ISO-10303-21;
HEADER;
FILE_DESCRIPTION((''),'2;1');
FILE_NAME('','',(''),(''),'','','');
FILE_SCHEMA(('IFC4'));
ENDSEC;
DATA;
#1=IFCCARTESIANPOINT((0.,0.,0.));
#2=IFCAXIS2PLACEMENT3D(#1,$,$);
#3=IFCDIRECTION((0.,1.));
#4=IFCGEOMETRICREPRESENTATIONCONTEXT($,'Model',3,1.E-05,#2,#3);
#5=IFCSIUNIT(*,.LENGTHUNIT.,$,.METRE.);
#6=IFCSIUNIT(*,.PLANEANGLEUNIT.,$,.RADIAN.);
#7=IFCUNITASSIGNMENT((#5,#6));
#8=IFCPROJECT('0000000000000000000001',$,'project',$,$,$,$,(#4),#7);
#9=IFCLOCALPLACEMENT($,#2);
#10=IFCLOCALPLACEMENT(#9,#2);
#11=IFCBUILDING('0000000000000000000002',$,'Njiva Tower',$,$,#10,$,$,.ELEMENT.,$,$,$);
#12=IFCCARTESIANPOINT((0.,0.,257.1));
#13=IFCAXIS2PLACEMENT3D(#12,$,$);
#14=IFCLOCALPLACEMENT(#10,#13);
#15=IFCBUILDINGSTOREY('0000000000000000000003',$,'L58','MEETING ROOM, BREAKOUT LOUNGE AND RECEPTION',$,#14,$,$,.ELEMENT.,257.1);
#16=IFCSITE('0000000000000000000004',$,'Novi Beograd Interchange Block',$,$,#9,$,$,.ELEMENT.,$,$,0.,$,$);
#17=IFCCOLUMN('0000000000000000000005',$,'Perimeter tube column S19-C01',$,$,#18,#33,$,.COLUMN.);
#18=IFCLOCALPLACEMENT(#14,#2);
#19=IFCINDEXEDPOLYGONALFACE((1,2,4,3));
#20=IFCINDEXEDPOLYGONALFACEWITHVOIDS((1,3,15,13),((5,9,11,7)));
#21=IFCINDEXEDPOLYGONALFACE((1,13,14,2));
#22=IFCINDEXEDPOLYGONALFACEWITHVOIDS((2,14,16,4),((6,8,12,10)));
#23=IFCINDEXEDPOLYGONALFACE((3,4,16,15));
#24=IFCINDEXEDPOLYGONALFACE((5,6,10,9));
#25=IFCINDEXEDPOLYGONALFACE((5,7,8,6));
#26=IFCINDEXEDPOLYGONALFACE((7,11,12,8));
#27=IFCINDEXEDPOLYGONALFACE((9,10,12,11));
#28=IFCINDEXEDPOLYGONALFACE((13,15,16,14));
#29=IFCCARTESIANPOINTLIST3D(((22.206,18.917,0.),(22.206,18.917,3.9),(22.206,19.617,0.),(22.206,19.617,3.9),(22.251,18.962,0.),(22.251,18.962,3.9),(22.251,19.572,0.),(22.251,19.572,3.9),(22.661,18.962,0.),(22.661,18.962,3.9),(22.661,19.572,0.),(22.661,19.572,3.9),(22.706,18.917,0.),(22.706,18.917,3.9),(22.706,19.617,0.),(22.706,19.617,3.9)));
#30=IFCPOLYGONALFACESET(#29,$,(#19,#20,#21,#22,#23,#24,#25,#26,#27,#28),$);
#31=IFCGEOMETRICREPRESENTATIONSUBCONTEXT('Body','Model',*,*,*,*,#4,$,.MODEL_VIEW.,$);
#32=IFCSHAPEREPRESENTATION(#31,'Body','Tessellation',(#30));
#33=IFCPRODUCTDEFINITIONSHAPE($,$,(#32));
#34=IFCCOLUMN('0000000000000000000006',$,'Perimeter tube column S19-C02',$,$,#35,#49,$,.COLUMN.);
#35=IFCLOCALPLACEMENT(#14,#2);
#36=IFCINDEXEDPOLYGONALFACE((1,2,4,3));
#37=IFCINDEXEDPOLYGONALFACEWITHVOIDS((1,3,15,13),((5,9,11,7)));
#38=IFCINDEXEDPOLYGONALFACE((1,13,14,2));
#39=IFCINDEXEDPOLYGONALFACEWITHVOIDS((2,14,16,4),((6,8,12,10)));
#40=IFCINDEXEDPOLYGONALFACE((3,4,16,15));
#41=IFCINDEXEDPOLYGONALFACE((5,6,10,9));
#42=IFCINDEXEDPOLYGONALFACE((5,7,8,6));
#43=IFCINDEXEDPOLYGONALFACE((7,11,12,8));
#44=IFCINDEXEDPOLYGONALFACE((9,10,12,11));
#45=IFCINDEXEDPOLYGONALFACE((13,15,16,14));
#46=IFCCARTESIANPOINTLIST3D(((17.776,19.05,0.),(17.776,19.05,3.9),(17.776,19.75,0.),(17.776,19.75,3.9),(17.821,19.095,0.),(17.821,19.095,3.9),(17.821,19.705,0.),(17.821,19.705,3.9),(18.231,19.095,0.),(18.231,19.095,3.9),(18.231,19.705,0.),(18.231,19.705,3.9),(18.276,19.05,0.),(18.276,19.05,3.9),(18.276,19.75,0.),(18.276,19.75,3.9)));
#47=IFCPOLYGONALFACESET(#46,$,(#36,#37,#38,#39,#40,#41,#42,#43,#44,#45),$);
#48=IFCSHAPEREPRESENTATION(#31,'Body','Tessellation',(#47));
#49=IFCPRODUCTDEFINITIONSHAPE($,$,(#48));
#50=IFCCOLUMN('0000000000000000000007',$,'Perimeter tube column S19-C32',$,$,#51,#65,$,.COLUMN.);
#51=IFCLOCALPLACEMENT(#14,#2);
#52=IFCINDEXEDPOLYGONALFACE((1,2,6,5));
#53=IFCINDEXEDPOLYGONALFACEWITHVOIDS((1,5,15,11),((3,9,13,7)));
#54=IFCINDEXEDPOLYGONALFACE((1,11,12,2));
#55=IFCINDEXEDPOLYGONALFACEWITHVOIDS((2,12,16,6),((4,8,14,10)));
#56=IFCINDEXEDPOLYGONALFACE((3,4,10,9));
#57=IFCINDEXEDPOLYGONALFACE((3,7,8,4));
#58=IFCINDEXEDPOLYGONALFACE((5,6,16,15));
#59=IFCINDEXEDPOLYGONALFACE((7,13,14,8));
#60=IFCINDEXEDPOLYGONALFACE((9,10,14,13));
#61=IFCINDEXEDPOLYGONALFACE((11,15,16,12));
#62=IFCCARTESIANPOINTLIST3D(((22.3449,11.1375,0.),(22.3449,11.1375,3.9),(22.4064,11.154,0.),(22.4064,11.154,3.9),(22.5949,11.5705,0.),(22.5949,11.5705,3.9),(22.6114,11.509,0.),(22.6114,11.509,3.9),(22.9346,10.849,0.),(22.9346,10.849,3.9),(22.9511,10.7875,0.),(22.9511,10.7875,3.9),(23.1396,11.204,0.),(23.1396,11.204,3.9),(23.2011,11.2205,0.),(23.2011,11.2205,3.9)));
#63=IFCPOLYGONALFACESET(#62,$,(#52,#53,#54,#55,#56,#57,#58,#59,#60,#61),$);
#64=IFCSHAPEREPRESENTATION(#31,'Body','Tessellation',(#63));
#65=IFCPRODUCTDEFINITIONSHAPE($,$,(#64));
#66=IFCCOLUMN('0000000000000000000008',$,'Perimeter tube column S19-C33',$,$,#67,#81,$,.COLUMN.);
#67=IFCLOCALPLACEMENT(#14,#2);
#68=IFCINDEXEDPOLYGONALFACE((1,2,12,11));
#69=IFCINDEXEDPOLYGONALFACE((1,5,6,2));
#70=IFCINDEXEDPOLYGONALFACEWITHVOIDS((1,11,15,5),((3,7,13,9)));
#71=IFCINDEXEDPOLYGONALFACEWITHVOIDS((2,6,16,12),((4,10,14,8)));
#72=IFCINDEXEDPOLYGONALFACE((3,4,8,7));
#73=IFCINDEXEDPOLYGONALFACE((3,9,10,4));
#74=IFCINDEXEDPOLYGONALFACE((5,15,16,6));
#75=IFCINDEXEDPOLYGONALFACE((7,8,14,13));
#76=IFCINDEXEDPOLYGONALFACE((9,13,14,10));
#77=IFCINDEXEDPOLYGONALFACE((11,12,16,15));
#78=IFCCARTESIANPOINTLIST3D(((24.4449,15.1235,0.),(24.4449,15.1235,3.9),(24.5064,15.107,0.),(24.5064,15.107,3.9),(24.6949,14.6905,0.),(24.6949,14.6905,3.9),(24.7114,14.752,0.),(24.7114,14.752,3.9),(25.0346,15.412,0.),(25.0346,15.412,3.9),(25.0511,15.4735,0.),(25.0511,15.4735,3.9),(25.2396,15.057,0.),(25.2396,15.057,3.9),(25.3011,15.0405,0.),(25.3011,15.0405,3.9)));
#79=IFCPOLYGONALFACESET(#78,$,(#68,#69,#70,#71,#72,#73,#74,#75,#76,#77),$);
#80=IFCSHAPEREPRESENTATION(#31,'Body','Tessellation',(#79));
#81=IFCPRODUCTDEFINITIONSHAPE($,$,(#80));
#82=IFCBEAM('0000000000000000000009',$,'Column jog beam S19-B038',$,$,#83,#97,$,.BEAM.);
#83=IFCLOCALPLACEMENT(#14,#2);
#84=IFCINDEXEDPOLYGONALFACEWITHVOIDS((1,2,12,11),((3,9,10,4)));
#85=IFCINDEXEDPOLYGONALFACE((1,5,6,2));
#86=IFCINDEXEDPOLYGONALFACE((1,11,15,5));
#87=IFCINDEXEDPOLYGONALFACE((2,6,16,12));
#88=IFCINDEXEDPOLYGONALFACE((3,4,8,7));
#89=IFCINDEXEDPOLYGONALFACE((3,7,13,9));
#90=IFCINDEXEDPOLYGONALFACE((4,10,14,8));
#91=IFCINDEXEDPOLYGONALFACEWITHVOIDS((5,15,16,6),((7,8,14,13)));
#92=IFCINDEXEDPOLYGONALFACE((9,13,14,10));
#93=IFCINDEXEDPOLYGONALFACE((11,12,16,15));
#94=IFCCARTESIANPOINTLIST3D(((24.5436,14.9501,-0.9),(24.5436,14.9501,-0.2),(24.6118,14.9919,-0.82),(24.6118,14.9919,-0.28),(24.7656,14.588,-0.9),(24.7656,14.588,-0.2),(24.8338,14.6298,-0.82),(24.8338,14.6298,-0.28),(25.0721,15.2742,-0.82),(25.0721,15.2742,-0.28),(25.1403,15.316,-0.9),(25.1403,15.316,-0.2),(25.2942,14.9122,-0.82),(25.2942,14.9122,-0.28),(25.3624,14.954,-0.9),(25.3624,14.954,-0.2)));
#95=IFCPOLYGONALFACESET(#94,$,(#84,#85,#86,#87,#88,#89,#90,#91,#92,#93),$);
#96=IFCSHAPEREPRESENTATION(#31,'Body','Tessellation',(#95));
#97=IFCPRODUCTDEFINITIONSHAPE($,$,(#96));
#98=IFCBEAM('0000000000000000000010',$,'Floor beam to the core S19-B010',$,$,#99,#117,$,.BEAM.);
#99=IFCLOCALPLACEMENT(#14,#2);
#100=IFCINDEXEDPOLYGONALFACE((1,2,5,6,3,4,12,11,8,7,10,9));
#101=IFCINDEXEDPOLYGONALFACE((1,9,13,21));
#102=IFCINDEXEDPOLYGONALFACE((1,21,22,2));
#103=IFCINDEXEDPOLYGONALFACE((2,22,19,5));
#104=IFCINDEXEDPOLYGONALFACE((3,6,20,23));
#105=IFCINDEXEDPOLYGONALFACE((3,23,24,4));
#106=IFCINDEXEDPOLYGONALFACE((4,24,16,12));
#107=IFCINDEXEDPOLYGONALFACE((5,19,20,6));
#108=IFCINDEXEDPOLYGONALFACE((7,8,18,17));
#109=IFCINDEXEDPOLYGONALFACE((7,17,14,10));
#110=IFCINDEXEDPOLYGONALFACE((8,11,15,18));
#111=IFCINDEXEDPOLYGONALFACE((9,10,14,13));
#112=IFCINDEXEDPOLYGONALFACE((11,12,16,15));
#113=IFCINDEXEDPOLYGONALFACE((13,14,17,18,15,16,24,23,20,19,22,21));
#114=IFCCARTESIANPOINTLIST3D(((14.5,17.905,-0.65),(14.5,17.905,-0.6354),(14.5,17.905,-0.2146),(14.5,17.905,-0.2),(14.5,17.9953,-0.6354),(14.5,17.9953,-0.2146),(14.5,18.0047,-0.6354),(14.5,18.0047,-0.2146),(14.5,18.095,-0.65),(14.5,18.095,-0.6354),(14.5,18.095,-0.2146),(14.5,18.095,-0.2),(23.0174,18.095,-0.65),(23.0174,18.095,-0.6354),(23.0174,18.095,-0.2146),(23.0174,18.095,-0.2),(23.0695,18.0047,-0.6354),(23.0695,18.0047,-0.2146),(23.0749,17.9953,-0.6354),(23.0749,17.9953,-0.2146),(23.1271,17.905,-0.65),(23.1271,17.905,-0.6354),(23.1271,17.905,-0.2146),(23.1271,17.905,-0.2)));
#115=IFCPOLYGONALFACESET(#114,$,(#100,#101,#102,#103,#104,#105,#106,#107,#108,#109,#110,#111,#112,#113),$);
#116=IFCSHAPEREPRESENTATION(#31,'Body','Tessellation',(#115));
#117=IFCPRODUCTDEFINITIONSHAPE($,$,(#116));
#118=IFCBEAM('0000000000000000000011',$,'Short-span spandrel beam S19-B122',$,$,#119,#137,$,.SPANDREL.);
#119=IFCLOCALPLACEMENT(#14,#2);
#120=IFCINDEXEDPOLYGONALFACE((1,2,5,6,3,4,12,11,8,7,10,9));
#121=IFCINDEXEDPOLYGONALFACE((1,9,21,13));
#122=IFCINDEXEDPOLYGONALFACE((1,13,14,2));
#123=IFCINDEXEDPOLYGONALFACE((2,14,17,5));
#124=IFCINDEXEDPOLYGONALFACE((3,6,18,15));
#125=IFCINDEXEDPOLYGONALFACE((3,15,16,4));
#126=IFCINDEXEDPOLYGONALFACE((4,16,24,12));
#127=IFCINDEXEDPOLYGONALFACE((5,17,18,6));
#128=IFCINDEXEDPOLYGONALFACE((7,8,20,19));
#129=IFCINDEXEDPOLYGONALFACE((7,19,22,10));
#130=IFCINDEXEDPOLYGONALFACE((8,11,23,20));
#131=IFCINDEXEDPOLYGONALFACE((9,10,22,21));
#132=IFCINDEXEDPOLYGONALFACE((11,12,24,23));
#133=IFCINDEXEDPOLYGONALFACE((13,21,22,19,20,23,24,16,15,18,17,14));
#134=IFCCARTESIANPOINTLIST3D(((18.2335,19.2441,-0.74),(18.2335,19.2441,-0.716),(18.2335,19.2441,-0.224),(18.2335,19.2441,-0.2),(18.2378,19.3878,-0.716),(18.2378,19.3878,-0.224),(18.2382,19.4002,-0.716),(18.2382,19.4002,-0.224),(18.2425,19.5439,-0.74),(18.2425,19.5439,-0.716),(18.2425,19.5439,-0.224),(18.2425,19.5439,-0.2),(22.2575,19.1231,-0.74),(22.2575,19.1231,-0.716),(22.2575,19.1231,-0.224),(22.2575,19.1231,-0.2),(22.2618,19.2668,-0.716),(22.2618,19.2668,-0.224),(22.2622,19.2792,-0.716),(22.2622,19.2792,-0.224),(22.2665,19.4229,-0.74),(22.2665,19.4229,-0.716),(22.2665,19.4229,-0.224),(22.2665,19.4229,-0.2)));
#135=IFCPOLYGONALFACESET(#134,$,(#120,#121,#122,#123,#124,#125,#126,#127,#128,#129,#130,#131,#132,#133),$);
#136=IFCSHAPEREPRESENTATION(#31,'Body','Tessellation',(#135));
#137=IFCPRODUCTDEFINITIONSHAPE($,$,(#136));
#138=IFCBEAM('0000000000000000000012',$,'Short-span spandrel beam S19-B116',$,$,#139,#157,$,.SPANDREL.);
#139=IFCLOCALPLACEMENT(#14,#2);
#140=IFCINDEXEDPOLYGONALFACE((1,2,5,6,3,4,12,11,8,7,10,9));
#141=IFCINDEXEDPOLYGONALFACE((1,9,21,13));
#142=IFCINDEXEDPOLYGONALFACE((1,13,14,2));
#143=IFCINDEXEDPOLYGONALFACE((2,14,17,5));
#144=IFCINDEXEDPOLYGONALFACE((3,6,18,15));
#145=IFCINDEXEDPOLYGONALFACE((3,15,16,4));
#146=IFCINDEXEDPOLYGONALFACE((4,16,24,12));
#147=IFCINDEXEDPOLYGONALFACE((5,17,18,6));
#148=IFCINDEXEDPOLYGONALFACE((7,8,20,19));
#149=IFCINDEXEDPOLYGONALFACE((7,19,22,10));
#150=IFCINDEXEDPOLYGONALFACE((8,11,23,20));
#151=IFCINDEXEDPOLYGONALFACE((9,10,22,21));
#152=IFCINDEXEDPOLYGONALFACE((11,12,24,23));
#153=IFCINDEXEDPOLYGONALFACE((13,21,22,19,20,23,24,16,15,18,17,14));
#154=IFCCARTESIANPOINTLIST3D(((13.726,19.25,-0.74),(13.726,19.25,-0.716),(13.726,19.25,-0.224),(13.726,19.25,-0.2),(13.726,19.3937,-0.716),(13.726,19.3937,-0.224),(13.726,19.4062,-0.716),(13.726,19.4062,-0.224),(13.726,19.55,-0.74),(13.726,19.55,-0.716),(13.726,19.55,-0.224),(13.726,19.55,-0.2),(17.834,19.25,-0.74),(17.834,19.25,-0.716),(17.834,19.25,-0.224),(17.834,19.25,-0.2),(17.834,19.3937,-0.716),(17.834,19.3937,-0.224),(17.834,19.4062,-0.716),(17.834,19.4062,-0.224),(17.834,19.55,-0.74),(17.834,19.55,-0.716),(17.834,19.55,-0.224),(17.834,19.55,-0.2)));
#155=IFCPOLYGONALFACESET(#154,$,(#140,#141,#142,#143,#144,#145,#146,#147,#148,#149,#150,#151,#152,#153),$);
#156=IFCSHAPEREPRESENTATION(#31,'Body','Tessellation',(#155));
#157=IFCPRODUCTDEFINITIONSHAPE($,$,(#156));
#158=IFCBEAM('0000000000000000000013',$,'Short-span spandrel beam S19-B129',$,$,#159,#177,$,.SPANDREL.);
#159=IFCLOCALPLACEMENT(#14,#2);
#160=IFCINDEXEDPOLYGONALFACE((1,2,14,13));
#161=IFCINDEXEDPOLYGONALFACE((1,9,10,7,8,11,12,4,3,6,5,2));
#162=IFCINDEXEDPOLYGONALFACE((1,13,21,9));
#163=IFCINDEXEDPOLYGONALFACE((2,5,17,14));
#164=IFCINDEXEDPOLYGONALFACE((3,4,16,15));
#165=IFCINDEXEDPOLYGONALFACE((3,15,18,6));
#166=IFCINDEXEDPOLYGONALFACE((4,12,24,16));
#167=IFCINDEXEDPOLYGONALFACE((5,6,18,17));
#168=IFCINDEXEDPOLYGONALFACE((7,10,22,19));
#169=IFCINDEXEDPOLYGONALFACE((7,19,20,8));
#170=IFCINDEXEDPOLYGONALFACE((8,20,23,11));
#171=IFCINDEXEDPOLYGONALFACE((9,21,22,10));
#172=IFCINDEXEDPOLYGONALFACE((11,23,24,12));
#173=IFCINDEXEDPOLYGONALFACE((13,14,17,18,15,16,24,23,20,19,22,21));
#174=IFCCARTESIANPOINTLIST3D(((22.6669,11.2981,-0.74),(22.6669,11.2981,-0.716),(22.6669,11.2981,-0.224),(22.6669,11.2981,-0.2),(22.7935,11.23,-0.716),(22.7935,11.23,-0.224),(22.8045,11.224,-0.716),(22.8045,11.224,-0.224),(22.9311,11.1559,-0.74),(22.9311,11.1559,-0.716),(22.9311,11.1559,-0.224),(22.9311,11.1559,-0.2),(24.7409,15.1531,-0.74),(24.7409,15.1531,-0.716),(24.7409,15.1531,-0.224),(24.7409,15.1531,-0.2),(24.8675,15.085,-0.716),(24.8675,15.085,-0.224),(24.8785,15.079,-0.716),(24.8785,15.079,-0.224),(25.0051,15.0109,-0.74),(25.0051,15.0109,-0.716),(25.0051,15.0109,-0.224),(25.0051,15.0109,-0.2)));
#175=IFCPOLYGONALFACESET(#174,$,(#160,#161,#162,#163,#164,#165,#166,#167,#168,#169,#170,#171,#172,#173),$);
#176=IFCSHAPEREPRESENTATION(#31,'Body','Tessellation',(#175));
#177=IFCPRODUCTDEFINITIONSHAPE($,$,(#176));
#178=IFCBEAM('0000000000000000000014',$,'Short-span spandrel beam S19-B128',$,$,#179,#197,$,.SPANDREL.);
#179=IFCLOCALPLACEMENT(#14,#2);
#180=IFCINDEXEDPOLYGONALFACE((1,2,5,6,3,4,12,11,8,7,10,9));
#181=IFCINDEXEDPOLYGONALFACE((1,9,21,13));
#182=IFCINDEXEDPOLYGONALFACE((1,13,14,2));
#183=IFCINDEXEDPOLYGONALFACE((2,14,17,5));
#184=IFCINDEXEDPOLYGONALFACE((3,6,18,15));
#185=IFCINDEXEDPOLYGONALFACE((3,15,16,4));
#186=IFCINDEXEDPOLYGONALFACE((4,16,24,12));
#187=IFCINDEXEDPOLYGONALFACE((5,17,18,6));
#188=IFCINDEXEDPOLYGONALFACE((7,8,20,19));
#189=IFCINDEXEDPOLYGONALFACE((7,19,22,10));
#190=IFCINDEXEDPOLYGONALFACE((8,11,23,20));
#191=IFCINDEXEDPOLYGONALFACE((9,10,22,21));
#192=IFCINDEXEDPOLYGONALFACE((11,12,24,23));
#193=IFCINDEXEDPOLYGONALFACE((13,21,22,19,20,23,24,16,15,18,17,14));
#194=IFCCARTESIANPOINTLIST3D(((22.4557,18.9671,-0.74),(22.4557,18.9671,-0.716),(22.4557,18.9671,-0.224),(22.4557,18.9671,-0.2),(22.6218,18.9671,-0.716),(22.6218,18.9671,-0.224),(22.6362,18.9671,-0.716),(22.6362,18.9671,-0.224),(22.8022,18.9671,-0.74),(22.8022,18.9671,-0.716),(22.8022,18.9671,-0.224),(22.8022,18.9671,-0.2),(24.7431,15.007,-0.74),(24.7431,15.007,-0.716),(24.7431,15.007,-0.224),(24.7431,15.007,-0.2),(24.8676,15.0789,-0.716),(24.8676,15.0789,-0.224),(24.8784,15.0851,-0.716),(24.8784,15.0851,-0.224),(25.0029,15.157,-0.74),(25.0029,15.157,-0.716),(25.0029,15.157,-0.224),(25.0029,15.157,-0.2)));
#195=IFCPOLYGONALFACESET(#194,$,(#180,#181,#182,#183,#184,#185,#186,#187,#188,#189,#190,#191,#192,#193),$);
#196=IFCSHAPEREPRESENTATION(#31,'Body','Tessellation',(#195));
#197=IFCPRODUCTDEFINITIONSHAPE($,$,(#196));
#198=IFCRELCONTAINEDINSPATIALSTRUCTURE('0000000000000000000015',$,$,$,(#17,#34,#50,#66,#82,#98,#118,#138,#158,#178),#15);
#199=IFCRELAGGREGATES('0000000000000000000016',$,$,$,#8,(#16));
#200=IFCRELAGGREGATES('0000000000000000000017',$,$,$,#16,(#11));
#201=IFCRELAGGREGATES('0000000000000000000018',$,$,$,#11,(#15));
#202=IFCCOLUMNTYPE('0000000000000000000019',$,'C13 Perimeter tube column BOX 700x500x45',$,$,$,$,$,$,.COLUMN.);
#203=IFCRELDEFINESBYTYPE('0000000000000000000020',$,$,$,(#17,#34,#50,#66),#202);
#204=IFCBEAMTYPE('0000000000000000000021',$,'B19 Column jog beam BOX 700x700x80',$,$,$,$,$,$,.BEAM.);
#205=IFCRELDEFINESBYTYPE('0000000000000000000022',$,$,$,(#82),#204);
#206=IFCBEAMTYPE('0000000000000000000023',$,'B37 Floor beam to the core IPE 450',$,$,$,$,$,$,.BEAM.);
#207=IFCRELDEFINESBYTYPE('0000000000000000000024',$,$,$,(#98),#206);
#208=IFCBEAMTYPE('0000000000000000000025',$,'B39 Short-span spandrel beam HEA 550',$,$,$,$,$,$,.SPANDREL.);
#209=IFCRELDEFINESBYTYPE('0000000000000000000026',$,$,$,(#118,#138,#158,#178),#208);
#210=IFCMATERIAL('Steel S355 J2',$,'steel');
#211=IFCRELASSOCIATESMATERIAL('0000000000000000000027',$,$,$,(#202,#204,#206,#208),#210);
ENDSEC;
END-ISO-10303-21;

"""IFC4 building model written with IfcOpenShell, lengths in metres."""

from ifc_helpers import new_model, si_unit, direction, frame, origin, origin_2d, place, context, subcontext, project, spatial, hollow_rectangle, i_section, extrude, clip, halfspace, material, material_profile, profile_set, type_object, element, save


model = new_model("IFC4")

# Units and contexts
model_context = context("Model", 3, precision=1e-05, world=origin(), true_north=direction((0.0, 1.0)))
body_context = subcontext(model_context, "Body", "Model", "MODEL_VIEW")
ifc_project = project(units=[si_unit("LENGTHUNIT", "METRE"), si_unit("PLANEANGLEUNIT", "RADIAN")], contexts=[model_context])

# Site, building, storey
site_placement = place(None, origin())
site = spatial("IfcSite", under=ifc_project, at=site_placement, Name="Novi Beograd Interchange Block", CompositionType="ELEMENT", RefElevation=0.0)
building_placement = place(site_placement, origin())
building = spatial("IfcBuilding", under=site, at=building_placement, Name="Njiva Tower", CompositionType="ELEMENT")
storey_placement = place(building_placement, frame((0.0, 0.0, 257.1)))
storey = spatial("IfcBuildingStorey", under=building, at=storey_placement, Name="L58", Description="MEETING ROOM, BREAKOUT LOUNGE AND RECEPTION", CompositionType="ELEMENT", Elevation=257.1)

# Columns
ifc_material_1 = material(Name="Steel S355 J2", Category="steel")
ifc_material_profile_1 = material_profile(ifc_material_1, hollow_rectangle(XDim=0.5, YDim=0.7, WallThickness=0.045, at=origin_2d()), Name="BOX 700x500x45")
ifc_profile_set_1 = profile_set([ifc_material_profile_1], Name="Steel S355 J2")
column_type = type_object("IfcColumnType", Name="C13 Perimeter tube column BOX 700x500x45", PredefinedType="COLUMN", material=ifc_profile_set_1)
for number, where, z_axis, x_axis, name in (
    (1, (22.456, 19.267, 0.0), (0.0, 0.0, 1.0), (-1.0, 0.0, 0.0), "Perimeter tube column S19-C01"),
    (2, (18.026, 19.4, 0.0), (0.0, 0.0, 1.0), (-1.0, 0.0, 0.0), "Perimeter tube column S19-C02"),
    (3, (22.773, 11.179, 0.0), (0.0, 0.0, 1.0), (0.5, 0.866025, 0.0), "Perimeter tube column S19-C32"),
    (4, (24.873, 15.082, 0.0), (0.0, 0.0, 1.0), (-0.5, 0.866025, 0.0), "Perimeter tube column S19-C33"),
):
    element("IfcColumn", number, at=place(storey_placement, frame(where, z_axis=z_axis, x_axis=x_axis)), inside=storey, type_object=column_type, Name=name, PredefinedType="COLUMN", context=body_context, shape_type="SweptSolid", body=[
        extrude(hollow_rectangle(XDim=0.5, YDim=0.7, WallThickness=0.045, at=origin_2d()), origin(), (0.0, 0.0, 1.0), 3.9),
    ])

# Beams
ifc_material_profile_2 = material_profile(ifc_material_1, hollow_rectangle(XDim=0.7, YDim=0.7, WallThickness=0.08, at=origin_2d()), Name="BOX 700x700x80")
ifc_profile_set_2 = profile_set([ifc_material_profile_2], Name="Steel S355 J2")
beam_type_1 = type_object("IfcBeamType", Name="B19 Column jog beam BOX 700x700x80", PredefinedType="BEAM", material=ifc_profile_set_2)
beam_1_placement = place(storey_placement, frame((25.064, 14.771, -0.55), z_axis=(-0.522783, 0.852466, 0.0), x_axis=(-0.852466, -0.522783, 0.0)))
element("IfcBeam", 5, at=beam_1_placement, inside=storey, type_object=beam_type_1, Name="Column jog beam S19-B038", PredefinedType="BEAM", context=body_context, shape_type="SweptSolid", body=[
    extrude(hollow_rectangle(XDim=0.7, YDim=0.7, WallThickness=0.08, at=origin_2d()), origin(), (0.0, 0.0, 1.0), 0.4247),
])
ifc_material_profile_3 = material_profile(ifc_material_1, i_section(OverallWidth=0.19, OverallDepth=0.45, WebThickness=0.0094, FlangeThickness=0.0146, at=origin_2d()), Name="IPE 450")
ifc_profile_set_3 = profile_set([ifc_material_profile_3], Name="Steel S355 J2")
beam_type_2 = type_object("IfcBeamType", Name="B37 Floor beam to the core IPE 450", PredefinedType="BEAM", material=ifc_profile_set_3)
beam_2_placement = place(storey_placement, frame((14.5, 18.0, -0.425), z_axis=(1.0, 0.0, 0.0), x_axis=(0.0, 1.0, 0.0)))
element("IfcBeam", 6, at=beam_2_placement, inside=storey, type_object=beam_type_2, Name="Floor beam to the core S19-B010", PredefinedType="BEAM", context=body_context, shape_type="Clipping", body=[
    clip(extrude(i_section(OverallWidth=0.19, OverallDepth=0.45, WebThickness=0.0094, FlangeThickness=0.0146, at=origin_2d()), origin(), (0.0, 0.0, 1.0), 8.647), halfspace(frame((0.025, 0.0, 8.5578), z_axis=(0.499998, 0.0, 0.866027), x_axis=(0.0, 1.0, 0.0)), False)),
])
ifc_material_profile_4 = material_profile(ifc_material_1, i_section(OverallWidth=0.3, OverallDepth=0.54, WebThickness=0.0125, FlangeThickness=0.024, at=origin_2d()), Name="HEA 550")
ifc_profile_set_4 = profile_set([ifc_material_profile_4], Name="Steel S355 J2")
beam_type_3 = type_object("IfcBeamType", Name="B39 Short-span spandrel beam HEA 550", PredefinedType="SPANDREL", material=ifc_profile_set_4)
beam_3_placement = place(storey_placement, frame((22.262, 19.273, -0.47), z_axis=(-0.999548, 0.030056, 0.0), x_axis=(-0.030056, -0.999548, 0.0)))
element("IfcBeam", 7, at=beam_3_placement, inside=storey, type_object=beam_type_3, Name="Short-span spandrel beam S19-B122", PredefinedType="SPANDREL", context=body_context, shape_type="SweptSolid", body=[
    extrude(i_section(OverallWidth=0.3, OverallDepth=0.54, WebThickness=0.0125, FlangeThickness=0.024, at=origin_2d()), origin(), (0.0, 0.0, 1.0), 4.0258),
])
beam_4_placement = place(storey_placement, frame((17.834, 19.4, -0.47), z_axis=(-1.0, 0.0, 0.0), x_axis=(0.0, -1.0, 0.0)))
element("IfcBeam", 8, at=beam_4_placement, inside=storey, type_object=beam_type_3, Name="Short-span spandrel beam S19-B116", PredefinedType="SPANDREL", context=body_context, shape_type="SweptSolid", body=[
    extrude(i_section(OverallWidth=0.3, OverallDepth=0.54, WebThickness=0.0125, FlangeThickness=0.024, at=origin_2d()), origin(), (0.0, 0.0, 1.0), 4.108),
])
beam_5_placement = place(storey_placement, frame((22.799, 11.227, -0.47), z_axis=(0.473786, 0.88064, 0.0), x_axis=(-0.88064, 0.473786, 0.0)))
element("IfcBeam", 9, at=beam_5_placement, inside=storey, type_object=beam_type_3, Name="Short-span spandrel beam S19-B129", PredefinedType="SPANDREL", context=body_context, shape_type="SweptSolid", body=[
    extrude(i_section(OverallWidth=0.3, OverallDepth=0.54, WebThickness=0.0125, FlangeThickness=0.024, at=origin_2d()), origin(), (0.0, 0.0, 1.0), 4.3775),
])
beam_6_placement = place(storey_placement, frame((24.873, 15.082, -0.47), z_axis=(-0.500166, 0.865929, 0.0), x_axis=(-0.865929, -0.500166, 0.0)))
element("IfcBeam", 10, at=beam_6_placement, inside=storey, type_object=beam_type_3, Name="Short-span spandrel beam S19-B128", PredefinedType="SPANDREL", context=body_context, shape_type="Clipping", body=[
    clip(extrude(i_section(OverallWidth=0.3, OverallDepth=0.54, WebThickness=0.0125, FlangeThickness=0.024, at=origin_2d()), origin(), (0.0, 0.0, 1.0), 4.5935), halfspace(frame((-0.0254, 0.0, 4.4719), z_axis=(-0.500166, 0.0, 0.865929), x_axis=(0.0, 1.0, 0.0)), False)),
])

save(model, "model.ifc")
